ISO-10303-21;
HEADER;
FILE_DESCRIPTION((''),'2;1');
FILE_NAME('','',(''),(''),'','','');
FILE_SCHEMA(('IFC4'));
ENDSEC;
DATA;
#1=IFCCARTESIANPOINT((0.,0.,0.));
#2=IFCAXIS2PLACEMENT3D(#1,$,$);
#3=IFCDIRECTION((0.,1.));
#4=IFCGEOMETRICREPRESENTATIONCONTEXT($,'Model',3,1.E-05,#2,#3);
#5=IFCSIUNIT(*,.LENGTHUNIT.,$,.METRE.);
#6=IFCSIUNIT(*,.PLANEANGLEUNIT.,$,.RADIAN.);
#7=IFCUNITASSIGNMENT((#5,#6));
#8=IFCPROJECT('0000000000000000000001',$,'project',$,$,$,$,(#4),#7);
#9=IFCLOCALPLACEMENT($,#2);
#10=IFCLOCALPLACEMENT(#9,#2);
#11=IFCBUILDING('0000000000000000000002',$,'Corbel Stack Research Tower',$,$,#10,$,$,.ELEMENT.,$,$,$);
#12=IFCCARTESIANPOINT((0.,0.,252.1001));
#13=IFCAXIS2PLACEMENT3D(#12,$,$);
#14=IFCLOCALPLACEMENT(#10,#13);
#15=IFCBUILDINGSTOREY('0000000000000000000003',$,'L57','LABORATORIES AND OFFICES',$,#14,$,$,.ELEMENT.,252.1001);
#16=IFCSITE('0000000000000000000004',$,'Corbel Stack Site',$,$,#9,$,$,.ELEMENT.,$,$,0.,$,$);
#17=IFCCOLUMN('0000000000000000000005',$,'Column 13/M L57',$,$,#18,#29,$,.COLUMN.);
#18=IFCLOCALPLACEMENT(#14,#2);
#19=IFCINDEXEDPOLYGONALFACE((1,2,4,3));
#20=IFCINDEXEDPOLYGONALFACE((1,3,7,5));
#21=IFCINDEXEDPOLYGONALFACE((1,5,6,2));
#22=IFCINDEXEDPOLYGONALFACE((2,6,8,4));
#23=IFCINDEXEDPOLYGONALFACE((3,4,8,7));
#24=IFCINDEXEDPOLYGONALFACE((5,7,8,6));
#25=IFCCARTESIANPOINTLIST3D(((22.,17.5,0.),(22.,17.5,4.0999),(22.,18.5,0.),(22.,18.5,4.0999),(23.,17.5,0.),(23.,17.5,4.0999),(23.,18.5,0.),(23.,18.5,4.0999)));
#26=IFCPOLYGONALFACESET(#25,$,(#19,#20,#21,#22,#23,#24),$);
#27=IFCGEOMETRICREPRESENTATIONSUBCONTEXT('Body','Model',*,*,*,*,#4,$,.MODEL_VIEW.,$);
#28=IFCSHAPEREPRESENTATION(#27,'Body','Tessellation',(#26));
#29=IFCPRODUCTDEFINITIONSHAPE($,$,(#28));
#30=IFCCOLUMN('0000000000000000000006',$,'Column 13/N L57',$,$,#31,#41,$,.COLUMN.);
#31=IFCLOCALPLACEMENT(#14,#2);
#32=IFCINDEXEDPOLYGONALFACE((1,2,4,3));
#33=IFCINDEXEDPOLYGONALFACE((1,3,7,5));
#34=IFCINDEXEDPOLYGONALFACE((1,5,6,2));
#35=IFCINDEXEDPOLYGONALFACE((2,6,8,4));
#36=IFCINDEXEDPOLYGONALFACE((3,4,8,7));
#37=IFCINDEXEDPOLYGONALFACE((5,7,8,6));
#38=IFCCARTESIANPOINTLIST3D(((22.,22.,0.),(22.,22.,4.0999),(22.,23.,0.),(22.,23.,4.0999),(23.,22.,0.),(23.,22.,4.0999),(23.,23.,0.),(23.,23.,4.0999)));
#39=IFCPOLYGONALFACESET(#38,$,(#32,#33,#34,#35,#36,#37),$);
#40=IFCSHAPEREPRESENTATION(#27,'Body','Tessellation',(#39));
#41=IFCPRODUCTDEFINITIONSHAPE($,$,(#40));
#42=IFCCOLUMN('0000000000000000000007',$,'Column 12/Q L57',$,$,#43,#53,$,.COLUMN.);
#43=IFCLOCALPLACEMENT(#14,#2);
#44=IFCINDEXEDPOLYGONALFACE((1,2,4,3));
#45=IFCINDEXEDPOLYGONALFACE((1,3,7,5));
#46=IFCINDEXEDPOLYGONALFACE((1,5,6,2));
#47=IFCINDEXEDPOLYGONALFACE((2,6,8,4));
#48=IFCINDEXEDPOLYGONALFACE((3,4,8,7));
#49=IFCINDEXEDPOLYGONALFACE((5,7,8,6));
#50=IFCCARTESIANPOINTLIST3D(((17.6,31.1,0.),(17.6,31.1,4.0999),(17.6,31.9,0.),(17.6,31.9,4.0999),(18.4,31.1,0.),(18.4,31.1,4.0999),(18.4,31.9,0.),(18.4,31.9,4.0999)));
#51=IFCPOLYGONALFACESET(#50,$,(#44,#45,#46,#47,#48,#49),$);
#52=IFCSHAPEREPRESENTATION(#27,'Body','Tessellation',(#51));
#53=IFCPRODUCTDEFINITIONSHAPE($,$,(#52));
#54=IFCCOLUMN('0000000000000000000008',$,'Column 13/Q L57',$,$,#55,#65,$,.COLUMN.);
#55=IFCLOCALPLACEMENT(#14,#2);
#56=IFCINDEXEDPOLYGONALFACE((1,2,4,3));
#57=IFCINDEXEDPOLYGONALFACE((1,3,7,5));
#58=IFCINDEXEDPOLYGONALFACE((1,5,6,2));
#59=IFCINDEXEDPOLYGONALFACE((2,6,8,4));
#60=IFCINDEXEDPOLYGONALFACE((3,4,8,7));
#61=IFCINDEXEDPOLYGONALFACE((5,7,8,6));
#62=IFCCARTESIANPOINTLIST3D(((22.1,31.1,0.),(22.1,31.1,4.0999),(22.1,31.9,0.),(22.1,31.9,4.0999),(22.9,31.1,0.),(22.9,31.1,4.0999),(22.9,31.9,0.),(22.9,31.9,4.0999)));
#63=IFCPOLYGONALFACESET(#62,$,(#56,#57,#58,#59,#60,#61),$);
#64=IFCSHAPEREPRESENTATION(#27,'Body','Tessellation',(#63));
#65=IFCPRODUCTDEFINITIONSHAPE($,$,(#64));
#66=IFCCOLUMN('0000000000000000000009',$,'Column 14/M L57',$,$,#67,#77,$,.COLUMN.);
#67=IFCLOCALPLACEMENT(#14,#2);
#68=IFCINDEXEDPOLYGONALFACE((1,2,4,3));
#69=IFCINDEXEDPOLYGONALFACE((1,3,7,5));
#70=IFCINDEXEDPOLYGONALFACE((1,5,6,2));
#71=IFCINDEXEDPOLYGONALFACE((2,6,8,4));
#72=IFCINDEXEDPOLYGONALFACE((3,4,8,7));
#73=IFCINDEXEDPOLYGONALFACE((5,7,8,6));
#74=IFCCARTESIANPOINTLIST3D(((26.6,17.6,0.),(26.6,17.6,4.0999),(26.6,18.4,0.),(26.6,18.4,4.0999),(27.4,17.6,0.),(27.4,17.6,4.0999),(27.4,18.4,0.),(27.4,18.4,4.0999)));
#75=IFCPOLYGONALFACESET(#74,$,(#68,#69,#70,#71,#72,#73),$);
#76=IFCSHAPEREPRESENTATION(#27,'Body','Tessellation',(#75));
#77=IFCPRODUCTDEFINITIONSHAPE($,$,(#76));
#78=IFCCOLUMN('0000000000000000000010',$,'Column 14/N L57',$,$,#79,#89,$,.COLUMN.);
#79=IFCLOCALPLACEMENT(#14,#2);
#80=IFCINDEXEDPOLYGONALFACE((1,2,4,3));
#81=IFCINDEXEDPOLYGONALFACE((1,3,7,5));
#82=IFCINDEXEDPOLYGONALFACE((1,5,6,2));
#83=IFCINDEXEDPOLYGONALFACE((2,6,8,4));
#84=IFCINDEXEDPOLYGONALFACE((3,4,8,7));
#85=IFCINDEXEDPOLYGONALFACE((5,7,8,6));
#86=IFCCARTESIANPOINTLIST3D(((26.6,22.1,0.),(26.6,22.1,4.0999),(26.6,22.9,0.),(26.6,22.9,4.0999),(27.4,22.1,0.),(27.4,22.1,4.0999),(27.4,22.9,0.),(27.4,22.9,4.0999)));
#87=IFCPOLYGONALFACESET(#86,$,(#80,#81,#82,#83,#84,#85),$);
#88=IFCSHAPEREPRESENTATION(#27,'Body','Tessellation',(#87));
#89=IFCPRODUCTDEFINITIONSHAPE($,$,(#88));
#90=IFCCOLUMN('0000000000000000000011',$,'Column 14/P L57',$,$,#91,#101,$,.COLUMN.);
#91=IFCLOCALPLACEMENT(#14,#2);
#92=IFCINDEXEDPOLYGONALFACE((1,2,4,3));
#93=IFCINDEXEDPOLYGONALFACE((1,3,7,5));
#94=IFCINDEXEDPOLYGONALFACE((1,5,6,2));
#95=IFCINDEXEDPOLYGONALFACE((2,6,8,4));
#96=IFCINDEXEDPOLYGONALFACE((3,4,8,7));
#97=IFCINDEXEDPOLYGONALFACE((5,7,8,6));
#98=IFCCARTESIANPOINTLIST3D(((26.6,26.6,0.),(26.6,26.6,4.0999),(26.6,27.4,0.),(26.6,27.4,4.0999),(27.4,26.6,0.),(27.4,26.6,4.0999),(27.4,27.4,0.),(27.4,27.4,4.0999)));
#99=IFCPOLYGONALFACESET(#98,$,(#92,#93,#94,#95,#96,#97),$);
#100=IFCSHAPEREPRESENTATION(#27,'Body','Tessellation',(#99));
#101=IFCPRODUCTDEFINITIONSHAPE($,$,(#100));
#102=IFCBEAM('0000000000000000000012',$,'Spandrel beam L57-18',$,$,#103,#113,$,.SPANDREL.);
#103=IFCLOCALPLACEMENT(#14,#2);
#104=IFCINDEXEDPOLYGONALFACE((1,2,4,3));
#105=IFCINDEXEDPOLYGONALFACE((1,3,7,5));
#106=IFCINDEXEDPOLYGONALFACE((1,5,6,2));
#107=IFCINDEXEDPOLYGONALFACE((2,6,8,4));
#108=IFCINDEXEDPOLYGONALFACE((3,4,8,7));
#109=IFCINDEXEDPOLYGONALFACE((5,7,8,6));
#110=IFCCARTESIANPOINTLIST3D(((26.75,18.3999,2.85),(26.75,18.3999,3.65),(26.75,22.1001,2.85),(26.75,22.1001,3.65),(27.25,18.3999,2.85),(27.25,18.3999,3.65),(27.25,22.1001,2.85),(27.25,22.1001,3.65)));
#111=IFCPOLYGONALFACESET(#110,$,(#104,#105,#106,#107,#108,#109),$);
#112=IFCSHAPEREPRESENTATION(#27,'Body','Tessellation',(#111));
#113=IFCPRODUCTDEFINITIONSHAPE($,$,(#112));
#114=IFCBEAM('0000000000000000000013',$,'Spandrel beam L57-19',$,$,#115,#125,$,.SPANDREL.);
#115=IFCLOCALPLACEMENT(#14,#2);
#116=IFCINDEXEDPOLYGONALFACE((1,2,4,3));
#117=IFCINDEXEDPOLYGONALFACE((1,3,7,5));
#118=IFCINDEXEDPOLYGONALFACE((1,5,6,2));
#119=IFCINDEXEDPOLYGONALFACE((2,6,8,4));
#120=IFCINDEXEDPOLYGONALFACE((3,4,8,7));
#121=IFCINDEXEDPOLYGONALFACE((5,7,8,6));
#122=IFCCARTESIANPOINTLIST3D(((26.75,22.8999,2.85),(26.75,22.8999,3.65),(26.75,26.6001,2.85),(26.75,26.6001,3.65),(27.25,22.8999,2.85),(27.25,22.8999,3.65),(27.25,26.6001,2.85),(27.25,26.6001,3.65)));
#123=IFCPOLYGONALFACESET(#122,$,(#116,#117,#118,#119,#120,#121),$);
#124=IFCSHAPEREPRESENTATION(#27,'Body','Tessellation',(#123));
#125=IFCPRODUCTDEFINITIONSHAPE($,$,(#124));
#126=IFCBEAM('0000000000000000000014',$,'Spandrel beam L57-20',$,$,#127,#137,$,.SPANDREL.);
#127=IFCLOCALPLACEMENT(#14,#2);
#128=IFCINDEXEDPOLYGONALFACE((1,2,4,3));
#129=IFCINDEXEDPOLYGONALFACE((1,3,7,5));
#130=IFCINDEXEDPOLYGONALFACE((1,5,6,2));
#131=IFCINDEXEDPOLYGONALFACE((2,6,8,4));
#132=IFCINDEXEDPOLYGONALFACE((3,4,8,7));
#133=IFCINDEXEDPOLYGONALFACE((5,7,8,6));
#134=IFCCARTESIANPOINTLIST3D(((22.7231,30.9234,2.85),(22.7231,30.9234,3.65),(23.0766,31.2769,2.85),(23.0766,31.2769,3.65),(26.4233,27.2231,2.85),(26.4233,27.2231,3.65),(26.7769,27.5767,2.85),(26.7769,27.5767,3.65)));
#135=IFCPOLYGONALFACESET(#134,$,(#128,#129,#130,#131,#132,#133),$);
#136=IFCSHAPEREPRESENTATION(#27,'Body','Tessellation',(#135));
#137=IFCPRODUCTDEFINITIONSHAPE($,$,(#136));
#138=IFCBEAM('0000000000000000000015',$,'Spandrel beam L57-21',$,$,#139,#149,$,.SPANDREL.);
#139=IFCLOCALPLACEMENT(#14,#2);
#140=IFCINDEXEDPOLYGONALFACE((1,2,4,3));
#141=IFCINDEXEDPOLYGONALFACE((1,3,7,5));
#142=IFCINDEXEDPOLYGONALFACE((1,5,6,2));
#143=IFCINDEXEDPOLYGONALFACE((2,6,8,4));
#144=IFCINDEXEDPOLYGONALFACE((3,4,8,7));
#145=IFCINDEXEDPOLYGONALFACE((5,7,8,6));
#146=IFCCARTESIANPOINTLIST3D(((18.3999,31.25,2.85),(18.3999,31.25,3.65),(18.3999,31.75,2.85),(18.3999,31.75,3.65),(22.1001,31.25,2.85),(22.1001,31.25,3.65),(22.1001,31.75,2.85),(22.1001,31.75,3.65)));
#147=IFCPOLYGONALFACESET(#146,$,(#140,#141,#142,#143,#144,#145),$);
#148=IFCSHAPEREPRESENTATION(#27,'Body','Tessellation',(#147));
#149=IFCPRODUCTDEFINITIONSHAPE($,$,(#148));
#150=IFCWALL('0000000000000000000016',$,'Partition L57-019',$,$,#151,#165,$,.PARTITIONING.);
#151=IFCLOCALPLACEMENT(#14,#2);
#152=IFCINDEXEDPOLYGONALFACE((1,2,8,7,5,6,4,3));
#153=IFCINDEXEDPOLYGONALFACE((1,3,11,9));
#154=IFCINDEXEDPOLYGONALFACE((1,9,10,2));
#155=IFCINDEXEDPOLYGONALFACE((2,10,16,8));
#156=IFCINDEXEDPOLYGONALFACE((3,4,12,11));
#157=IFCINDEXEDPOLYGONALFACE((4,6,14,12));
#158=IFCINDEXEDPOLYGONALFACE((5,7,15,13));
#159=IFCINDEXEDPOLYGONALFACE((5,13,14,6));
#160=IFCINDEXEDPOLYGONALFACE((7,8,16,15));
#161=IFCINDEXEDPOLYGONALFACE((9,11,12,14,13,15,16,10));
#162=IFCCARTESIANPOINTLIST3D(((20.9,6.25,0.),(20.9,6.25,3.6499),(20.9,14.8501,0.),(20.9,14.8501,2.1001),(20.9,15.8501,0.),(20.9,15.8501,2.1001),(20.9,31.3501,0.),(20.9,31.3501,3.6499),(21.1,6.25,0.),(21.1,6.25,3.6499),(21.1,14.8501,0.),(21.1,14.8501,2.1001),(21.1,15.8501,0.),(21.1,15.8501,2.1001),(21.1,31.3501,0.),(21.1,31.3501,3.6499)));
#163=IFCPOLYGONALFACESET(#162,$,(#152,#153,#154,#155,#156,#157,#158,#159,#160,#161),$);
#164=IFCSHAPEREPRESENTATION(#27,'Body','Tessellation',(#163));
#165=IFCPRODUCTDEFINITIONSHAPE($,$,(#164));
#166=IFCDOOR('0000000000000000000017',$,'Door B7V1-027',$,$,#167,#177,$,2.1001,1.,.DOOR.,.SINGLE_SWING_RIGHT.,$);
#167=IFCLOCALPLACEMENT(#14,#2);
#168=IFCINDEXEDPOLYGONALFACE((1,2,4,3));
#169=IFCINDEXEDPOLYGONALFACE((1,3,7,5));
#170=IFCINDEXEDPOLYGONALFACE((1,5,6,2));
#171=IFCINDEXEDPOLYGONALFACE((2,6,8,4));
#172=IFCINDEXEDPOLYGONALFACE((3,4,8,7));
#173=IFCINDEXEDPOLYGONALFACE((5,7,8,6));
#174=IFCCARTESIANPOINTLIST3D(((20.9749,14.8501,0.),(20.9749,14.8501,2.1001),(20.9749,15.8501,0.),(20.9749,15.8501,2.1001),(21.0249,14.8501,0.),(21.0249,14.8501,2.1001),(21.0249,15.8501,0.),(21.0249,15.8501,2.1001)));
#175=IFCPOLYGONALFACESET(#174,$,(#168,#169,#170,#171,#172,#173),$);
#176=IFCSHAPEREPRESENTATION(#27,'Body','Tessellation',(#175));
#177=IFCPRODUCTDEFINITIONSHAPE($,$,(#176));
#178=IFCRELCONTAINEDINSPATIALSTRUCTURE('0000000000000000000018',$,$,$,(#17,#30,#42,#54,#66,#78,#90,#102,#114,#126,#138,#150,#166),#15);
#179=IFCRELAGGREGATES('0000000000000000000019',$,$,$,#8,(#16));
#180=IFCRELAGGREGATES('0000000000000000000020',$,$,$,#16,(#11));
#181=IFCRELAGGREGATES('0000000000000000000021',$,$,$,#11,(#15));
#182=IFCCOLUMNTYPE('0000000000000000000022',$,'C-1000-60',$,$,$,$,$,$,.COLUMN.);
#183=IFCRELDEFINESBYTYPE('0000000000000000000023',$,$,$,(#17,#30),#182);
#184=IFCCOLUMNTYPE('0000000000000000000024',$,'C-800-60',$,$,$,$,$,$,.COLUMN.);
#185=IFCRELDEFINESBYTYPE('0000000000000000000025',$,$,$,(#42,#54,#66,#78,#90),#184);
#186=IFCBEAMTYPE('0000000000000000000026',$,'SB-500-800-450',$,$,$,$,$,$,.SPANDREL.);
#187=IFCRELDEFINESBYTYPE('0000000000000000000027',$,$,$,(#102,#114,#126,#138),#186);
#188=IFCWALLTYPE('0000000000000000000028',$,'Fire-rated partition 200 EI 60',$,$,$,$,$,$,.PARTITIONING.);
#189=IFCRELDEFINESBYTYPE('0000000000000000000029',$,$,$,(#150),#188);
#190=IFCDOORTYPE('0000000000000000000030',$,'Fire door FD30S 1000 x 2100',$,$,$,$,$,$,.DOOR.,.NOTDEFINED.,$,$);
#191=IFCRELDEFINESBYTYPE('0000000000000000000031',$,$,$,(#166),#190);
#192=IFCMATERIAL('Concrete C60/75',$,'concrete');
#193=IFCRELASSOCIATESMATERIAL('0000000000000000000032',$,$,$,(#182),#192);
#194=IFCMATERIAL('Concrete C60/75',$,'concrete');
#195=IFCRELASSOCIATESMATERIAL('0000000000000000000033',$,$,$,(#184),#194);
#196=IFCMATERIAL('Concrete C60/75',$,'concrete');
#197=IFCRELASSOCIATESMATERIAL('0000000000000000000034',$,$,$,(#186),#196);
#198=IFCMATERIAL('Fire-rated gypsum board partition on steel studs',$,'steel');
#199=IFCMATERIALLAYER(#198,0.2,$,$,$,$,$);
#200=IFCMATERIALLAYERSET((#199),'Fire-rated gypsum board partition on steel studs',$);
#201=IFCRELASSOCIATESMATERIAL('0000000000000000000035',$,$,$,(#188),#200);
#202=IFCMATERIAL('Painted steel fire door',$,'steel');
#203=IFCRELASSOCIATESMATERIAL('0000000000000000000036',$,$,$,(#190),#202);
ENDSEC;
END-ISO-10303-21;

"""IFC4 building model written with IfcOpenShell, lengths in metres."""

from ifc_helpers import new_model, si_unit, direction, frame, frame_2d, origin, origin_2d, place, context, subcontext, project, spatial, rectangle, extrude, material, layer, layer_set, material_profile, profile_set, type_object, element, fill, save


model = new_model("IFC4")

# Units and contexts
model_context = context("Model", 3, precision=1e-05, world=origin(), true_north=direction((0.0, 1.0)))
body_context = subcontext(model_context, "Body", "Model", "MODEL_VIEW")
ifc_project = project(units=[si_unit("LENGTHUNIT", "METRE"), si_unit("PLANEANGLEUNIT", "RADIAN")], contexts=[model_context])

# Site, building, storey
site_placement = place(None, origin())
site = spatial("IfcSite", under=ifc_project, at=site_placement, Name="Corbel Stack Site", CompositionType="ELEMENT", RefElevation=0.0)
building_placement = place(site_placement, origin())
building = spatial("IfcBuilding", under=site, at=building_placement, Name="Corbel Stack Research Tower", CompositionType="ELEMENT")
storey_placement = place(building_placement, frame((0.0, 0.0, 252.1001)))
storey = spatial("IfcBuildingStorey", under=building, at=storey_placement, Name="L57", Description="LABORATORIES AND OFFICES", CompositionType="ELEMENT", Elevation=252.1001)

# Columns
ifc_material_1 = material(Name="Concrete C60/75", Category="concrete")
ifc_material_profile_1 = material_profile(ifc_material_1, rectangle(XDim=1.0, YDim=1.0, at=origin_2d()), Name="RC 1000 x 1000")
ifc_profile_set_1 = profile_set([ifc_material_profile_1], Name="Concrete C60/75")
column_type_1 = type_object("IfcColumnType", Name="C-1000-60", PredefinedType="COLUMN", material=ifc_profile_set_1)
for number, where, z_axis, x_axis, name in (
    (1, (22.5, 18.0, 0.0), (0.0, 0.0, 1.0), (1.0, 0.0, 0.0), "Column 13/M L57"),
    (2, (22.5, 22.5, 0.0), (0.0, 0.0, 1.0), (1.0, 0.0, 0.0), "Column 13/N L57"),
):
    element("IfcColumn", number, at=place(storey_placement, frame(where, z_axis=z_axis, x_axis=x_axis)), inside=storey, type_object=column_type_1, Name=name, PredefinedType="COLUMN", context=body_context, shape_type="SweptSolid", body=[
        extrude(rectangle(XDim=1.0, YDim=1.0, at=origin_2d()), origin(), (0.0, 0.0, 1.0), 4.0999),
    ])
ifc_material_2 = material(Name="Concrete C60/75", Category="concrete")
ifc_material_profile_2 = material_profile(ifc_material_2, rectangle(XDim=0.8, YDim=0.8, at=origin_2d()), Name="RC 800 x 800")
ifc_profile_set_2 = profile_set([ifc_material_profile_2], Name="Concrete C60/75")
column_type_2 = type_object("IfcColumnType", Name="C-800-60", PredefinedType="COLUMN", material=ifc_profile_set_2)
for number, where, z_axis, x_axis, name in (
    (3, (18.0, 31.5, 0.0), (0.0, 0.0, 1.0), (1.0, 0.0, 0.0), "Column 12/Q L57"),
    (4, (22.5, 31.5, 0.0), (0.0, 0.0, 1.0), (1.0, 0.0, 0.0), "Column 13/Q L57"),
    (5, (27.0, 18.0, 0.0), (0.0, 0.0, 1.0), (1.0, 0.0, 0.0), "Column 14/M L57"),
    (6, (27.0, 22.5, 0.0), (0.0, 0.0, 1.0), (1.0, 0.0, 0.0), "Column 14/N L57"),
    (7, (27.0, 27.0, 0.0), (0.0, 0.0, 1.0), (1.0, 0.0, 0.0), "Column 14/P L57"),
):
    element("IfcColumn", number, at=place(storey_placement, frame(where, z_axis=z_axis, x_axis=x_axis)), inside=storey, type_object=column_type_2, Name=name, PredefinedType="COLUMN", context=body_context, shape_type="SweptSolid", body=[
        extrude(rectangle(XDim=0.8, YDim=0.8, at=origin_2d()), origin(), (0.0, 0.0, 1.0), 4.0999),
    ])

# Beams
ifc_material_3 = material(Name="Concrete C60/75", Category="concrete")
ifc_material_profile_3 = material_profile(ifc_material_3, rectangle(XDim=0.5, YDim=0.8, at=origin_2d()), Name="RC 500 x 800")
ifc_profile_set_3 = profile_set([ifc_material_profile_3], Name="Concrete C60/75")
beam_type = type_object("IfcBeamType", Name="SB-500-800-450", PredefinedType="SPANDREL", material=ifc_profile_set_3)
for number, where, z_axis, x_axis, name in (
    (8, (27.0, 18.3999, 3.25), (0.0, 1.0, 0.0), (-1.0, 0.0, 0.0), "Spandrel beam L57-18"),
    (9, (27.0, 22.8999, 3.25), (0.0, 1.0, 0.0), (-1.0, 0.0, 0.0), "Spandrel beam L57-19"),
):
    element("IfcBeam", number, at=place(storey_placement, frame(where, z_axis=z_axis, x_axis=x_axis)), inside=storey, type_object=beam_type, Name=name, PredefinedType="SPANDREL", context=body_context, shape_type="SweptSolid", body=[
        extrude(rectangle(XDim=0.5, YDim=0.8, at=origin_2d()), origin(), (0.0, 0.0, 1.0), 3.7002),
    ])
beam_1_placement = place(storey_placement, frame((26.6001, 27.3999, 3.25), z_axis=(-0.707107, 0.707107, 0.0), x_axis=(-0.707107, -0.707107, 0.0)))
element("IfcBeam", 10, at=beam_1_placement, inside=storey, type_object=beam_type, Name="Spandrel beam L57-20", PredefinedType="SPANDREL", context=body_context, shape_type="SweptSolid", body=[
    extrude(rectangle(XDim=0.5, YDim=0.8, at=origin_2d()), origin(), (0.0, 0.0, 1.0), 5.2329),
])
beam_2_placement = place(storey_placement, frame((22.1001, 31.5, 3.25), z_axis=(-1.0, 0.0, 0.0), x_axis=(0.0, -1.0, 0.0)))
element("IfcBeam", 11, at=beam_2_placement, inside=storey, type_object=beam_type, Name="Spandrel beam L57-21", PredefinedType="SPANDREL", context=body_context, shape_type="SweptSolid", body=[
    extrude(rectangle(XDim=0.5, YDim=0.8, at=origin_2d()), origin(), (0.0, 0.0, 1.0), 3.7002),
])

# Wall, opening, door
ifc_material_4 = material(Name="Fire-rated gypsum board partition on steel studs", Category="steel")
ifc_layer_1 = layer(ifc_material_4, 0.2)
ifc_layer_set_1 = layer_set([ifc_layer_1], Name="Fire-rated gypsum board partition on steel studs")
wall_type_1 = type_object("IfcWallType", Name="Fire-rated partition 200 EI 60", PredefinedType="PARTITIONING", material=ifc_layer_set_1)
wall_1_placement = place(storey_placement, frame((21.0, 31.3501, 0.0), z_axis=(0.0, 0.0, 1.0), x_axis=(0.0, -1.0, 0.0)))
wall_1 = element("IfcWall", 12, at=wall_1_placement, inside=storey, type_object=wall_type_1, Name="Partition L57-019", PredefinedType="PARTITIONING", context=body_context, shape_type="SweptSolid", body=[
    extrude(rectangle(XDim=25.1001, YDim=0.2, at=frame_2d((12.55, 0.0))), origin(), (0.0, 0.0, 1.0), 3.6499),
])
opening_1_placement = place(wall_1_placement, frame((15.5, 0.0, 0.0)))
opening_1 = element("IfcOpeningElement", 13, at=opening_1_placement, cuts=wall_1, PredefinedType="OPENING", context=body_context, shape_type="SweptSolid", body=[
    extrude(rectangle(XDim=1.0, YDim=2.1001, at=frame_2d((0.5, 1.05))), frame((0.0, 0.1099, 0.0), z_axis=(0.0, -1.0, 0.0), x_axis=(1.0, 0.0, 0.0)), (0.0, 0.0, 1.0), 0.22),
])
ifc_material_5 = material(Name="Painted steel fire door", Category="steel")
door_type_1 = type_object("IfcDoorType", Name="Fire door FD30S 1000 x 2100", OperationType="NOTDEFINED", PredefinedType="DOOR", material=ifc_material_5)
door_1_placement = place(opening_1_placement, origin())
door_1 = element("IfcDoor", 14, at=door_1_placement, inside=storey, type_object=door_type_1, Name="Door B7V1-027", OperationType="SINGLE_SWING_RIGHT", OverallHeight=2.1001, OverallWidth=1.0, PredefinedType="DOOR", context=body_context, shape_type="SweptSolid", body=[
    extrude(rectangle(XDim=1.0, YDim=2.1001, at=frame_2d((0.5, 1.05))), frame((0.0, 0.0249, 0.0), z_axis=(0.0, -1.0, 0.0), x_axis=(1.0, 0.0, 0.0)), (0.0, 0.0, 1.0), 0.05),
])
fill(opening_1, door_1)

save(model, "model.ifc")
